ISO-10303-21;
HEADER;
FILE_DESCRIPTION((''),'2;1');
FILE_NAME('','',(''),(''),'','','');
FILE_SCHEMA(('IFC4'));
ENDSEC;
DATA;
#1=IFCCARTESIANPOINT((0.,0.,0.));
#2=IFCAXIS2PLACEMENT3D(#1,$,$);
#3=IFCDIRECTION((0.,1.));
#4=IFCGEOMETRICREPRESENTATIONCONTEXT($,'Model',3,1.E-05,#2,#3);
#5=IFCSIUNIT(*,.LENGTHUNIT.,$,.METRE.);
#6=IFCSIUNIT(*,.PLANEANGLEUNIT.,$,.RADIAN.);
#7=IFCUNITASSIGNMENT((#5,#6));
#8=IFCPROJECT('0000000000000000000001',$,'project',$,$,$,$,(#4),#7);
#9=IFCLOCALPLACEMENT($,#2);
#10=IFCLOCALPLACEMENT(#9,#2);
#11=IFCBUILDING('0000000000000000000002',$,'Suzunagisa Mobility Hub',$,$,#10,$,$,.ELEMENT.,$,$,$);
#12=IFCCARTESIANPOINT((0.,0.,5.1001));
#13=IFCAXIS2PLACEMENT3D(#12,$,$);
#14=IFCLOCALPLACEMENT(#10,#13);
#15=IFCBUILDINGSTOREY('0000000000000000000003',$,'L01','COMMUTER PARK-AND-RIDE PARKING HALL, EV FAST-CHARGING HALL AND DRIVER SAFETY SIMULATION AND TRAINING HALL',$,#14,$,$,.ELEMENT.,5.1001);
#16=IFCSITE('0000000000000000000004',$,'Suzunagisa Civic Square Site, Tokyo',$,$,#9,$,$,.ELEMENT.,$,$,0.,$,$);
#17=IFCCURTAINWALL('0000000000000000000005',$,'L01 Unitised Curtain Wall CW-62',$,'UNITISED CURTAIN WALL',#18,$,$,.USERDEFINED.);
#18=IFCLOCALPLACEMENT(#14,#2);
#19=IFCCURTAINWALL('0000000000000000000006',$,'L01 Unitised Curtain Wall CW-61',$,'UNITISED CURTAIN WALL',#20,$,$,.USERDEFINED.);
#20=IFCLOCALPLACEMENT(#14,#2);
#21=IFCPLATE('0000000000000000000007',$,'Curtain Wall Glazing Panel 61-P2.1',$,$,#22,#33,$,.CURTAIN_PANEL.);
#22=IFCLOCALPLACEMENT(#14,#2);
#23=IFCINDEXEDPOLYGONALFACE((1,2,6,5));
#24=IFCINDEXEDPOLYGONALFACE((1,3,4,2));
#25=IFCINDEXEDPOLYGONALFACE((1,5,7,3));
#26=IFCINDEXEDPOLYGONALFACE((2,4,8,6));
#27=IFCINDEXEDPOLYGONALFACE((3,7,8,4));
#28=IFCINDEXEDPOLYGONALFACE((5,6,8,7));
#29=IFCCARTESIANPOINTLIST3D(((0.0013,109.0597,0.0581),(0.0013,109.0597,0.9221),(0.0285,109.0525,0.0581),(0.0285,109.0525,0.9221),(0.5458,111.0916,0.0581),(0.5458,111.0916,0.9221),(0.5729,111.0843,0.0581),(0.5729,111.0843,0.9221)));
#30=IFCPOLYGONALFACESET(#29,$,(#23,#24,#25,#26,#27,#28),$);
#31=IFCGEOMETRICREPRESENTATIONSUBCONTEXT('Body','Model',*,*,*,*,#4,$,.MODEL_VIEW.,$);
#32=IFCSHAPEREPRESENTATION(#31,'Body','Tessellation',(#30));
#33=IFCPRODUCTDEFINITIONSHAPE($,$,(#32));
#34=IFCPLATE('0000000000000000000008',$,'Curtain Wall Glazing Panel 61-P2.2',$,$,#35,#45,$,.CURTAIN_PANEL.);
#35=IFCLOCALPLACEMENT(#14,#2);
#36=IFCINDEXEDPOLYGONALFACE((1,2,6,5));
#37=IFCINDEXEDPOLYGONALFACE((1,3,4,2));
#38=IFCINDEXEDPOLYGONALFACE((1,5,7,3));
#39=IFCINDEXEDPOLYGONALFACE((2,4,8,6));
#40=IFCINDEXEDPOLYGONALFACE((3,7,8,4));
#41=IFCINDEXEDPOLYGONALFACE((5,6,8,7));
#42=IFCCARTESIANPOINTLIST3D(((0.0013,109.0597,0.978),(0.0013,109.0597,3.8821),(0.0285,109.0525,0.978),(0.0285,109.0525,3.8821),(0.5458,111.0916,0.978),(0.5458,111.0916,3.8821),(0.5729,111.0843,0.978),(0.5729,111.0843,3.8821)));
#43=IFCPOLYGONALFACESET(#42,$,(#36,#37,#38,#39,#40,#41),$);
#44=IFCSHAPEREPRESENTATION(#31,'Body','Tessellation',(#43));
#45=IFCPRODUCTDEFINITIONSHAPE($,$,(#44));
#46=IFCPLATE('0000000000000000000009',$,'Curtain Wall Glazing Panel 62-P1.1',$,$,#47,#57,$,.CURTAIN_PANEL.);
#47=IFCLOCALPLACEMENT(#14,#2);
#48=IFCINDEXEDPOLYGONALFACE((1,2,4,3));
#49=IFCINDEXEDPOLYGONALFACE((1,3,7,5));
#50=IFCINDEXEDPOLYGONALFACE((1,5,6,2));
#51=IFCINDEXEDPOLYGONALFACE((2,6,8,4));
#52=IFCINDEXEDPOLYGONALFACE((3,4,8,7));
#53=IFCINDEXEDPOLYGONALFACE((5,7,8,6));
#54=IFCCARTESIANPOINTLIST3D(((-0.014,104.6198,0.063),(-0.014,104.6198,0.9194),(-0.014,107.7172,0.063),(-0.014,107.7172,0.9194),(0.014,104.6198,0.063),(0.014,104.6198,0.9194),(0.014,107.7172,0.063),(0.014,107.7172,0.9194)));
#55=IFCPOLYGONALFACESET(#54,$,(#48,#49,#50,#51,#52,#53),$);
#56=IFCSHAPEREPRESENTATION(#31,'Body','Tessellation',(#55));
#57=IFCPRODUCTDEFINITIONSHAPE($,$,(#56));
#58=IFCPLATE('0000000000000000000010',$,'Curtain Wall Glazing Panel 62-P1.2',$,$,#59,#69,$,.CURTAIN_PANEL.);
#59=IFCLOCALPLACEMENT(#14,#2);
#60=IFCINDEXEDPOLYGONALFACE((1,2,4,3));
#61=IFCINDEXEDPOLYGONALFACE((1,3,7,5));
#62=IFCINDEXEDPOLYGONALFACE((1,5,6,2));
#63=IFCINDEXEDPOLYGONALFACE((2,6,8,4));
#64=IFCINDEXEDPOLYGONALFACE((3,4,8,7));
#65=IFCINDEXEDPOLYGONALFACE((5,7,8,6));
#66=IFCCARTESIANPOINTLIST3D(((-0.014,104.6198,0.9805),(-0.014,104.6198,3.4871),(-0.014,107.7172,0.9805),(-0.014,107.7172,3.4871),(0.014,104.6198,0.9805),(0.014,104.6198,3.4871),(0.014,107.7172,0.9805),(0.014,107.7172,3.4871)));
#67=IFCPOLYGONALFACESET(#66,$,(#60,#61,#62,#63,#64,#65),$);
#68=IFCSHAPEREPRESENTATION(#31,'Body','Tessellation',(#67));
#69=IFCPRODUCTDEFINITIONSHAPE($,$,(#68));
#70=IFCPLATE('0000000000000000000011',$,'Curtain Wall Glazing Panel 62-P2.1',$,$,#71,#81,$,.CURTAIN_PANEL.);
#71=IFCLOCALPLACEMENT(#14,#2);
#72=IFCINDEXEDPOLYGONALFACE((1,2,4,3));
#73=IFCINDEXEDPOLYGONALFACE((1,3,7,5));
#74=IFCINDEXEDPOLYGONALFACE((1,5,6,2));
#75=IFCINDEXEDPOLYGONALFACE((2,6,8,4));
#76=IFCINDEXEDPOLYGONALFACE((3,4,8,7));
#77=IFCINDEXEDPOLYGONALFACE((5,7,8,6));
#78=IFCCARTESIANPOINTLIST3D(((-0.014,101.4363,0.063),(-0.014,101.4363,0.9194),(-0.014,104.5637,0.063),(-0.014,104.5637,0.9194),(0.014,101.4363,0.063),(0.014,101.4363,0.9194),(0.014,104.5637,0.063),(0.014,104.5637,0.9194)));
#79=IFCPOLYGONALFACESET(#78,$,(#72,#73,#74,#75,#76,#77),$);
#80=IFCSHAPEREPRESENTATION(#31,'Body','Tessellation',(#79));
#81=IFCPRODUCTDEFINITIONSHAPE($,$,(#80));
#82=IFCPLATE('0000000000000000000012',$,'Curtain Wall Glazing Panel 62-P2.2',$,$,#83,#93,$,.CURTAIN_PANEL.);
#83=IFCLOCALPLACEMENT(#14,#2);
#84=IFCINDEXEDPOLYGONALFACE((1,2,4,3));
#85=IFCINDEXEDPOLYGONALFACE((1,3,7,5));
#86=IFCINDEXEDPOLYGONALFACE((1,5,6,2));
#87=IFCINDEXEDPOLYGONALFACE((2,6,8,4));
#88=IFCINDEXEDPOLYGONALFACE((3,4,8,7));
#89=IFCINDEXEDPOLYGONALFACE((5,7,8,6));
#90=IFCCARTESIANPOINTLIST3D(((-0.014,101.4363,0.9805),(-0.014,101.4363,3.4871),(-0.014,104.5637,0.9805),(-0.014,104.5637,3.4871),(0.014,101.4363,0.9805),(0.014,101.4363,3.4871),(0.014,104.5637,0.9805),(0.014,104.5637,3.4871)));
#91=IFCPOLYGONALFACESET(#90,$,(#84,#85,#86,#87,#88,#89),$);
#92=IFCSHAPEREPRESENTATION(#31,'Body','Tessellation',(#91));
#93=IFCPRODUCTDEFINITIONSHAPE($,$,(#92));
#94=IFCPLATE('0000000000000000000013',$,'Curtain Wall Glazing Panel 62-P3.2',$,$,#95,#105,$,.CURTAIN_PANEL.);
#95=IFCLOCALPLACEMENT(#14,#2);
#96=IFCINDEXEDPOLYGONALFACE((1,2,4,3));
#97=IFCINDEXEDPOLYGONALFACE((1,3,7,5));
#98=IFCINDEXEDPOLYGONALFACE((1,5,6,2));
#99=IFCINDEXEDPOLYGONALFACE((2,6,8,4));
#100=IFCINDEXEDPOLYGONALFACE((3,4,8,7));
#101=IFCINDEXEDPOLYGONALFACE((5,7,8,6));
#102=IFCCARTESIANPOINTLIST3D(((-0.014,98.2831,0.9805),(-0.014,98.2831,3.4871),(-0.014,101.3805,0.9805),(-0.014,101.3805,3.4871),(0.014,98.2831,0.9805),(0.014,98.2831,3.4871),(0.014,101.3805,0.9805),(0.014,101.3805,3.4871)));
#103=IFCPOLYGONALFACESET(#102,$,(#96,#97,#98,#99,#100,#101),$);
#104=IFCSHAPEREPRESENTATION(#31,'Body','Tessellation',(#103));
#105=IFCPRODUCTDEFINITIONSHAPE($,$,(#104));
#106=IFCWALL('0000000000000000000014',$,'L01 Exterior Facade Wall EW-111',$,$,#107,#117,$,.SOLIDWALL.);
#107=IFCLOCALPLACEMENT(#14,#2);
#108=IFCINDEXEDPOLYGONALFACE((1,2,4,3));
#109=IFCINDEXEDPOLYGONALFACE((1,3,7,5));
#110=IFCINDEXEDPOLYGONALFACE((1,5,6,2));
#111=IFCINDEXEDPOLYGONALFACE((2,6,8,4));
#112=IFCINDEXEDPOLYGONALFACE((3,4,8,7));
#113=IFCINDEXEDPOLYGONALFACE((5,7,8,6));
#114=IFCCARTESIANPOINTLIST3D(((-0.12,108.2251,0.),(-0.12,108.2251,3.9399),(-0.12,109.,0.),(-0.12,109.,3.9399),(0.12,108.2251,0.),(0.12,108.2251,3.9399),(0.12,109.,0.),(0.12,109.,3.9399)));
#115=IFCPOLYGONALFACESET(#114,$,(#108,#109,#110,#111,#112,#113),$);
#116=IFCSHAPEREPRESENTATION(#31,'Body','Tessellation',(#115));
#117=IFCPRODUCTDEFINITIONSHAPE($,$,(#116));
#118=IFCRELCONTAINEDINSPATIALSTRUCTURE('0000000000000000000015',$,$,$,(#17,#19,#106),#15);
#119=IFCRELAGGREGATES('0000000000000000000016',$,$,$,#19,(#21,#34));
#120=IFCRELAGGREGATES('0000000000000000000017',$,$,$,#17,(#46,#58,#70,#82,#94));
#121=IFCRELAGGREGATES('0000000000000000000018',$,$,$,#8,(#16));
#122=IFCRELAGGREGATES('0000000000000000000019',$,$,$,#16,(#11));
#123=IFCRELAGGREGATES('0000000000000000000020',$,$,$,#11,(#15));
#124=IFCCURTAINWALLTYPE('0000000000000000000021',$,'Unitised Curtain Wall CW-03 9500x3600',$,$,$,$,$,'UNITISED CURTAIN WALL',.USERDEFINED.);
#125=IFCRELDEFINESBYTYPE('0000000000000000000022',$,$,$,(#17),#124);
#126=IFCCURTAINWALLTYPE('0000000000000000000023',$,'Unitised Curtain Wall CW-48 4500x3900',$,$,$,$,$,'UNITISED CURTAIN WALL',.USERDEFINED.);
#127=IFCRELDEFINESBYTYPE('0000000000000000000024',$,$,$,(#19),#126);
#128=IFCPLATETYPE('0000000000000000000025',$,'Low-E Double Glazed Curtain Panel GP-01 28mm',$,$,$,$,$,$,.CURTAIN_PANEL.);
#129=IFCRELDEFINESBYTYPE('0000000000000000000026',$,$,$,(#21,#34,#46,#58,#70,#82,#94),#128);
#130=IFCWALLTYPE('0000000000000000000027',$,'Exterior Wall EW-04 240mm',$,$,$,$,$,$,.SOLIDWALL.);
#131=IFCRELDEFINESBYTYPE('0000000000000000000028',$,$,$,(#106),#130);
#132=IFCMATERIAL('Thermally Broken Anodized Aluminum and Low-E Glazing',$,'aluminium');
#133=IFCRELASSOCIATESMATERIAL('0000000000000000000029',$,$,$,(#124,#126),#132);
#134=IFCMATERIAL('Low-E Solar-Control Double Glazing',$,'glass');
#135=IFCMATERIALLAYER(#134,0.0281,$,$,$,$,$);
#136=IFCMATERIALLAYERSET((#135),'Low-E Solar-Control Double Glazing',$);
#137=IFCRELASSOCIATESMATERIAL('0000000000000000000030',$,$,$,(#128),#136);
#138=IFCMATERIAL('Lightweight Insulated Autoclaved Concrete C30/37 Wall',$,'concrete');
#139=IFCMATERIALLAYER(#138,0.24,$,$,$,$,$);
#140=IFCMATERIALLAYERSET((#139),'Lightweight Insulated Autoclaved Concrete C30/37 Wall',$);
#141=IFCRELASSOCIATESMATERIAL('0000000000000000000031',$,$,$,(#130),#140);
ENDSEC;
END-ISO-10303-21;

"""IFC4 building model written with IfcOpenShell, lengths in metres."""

from ifc_helpers import new_model, si_unit, direction, frame, frame_2d, origin, origin_2d, place, context, subcontext, project, spatial, rectangle, extrude, material, layer, layer_set, type_object, element, aggregate, save


model = new_model("IFC4")

# Units and contexts
model_context = context("Model", 3, precision=1e-05, world=origin(), true_north=direction((0.0, 1.0)))
body_context = subcontext(model_context, "Body", "Model", "MODEL_VIEW")
ifc_project = project(units=[si_unit("LENGTHUNIT", "METRE"), si_unit("PLANEANGLEUNIT", "RADIAN")], contexts=[model_context])

# Site, building, storey
site_placement = place(None, origin())
site = spatial("IfcSite", under=ifc_project, at=site_placement, Name="Suzunagisa Civic Square Site, Tokyo", CompositionType="ELEMENT", RefElevation=0.0)
building_placement = place(site_placement, origin())
building = spatial("IfcBuilding", under=site, at=building_placement, Name="Suzunagisa Mobility Hub", CompositionType="ELEMENT")
storey_placement = place(building_placement, frame((0.0, 0.0, 5.1001)))
storey = spatial("IfcBuildingStorey", under=building, at=storey_placement, Name="L01", Description="COMMUTER PARK-AND-RIDE PARKING HALL, EV FAST-CHARGING HALL AND DRIVER SAFETY SIMULATION AND TRAINING HALL", CompositionType="ELEMENT", Elevation=5.1001)

# Curtain walls
ifc_material_1 = material(Name="Thermally Broken Anodized Aluminum and Low-E Glazing", Category="aluminium")
curtain_wall_type_1 = type_object("IfcCurtainWallType", Name="Unitised Curtain Wall CW-03 9500x3600", ElementType="UNITISED CURTAIN WALL", PredefinedType="USERDEFINED", material=ifc_material_1)
curtain_wall_1_placement = place(storey_placement, origin())
curtain_wall_1 = element("IfcCurtainWall", 1, at=curtain_wall_1_placement, inside=storey, type_object=curtain_wall_type_1, Name="L01 Unitised Curtain Wall CW-62", ObjectType="UNITISED CURTAIN WALL", PredefinedType="USERDEFINED")
curtain_wall_type_2 = type_object("IfcCurtainWallType", Name="Unitised Curtain Wall CW-48 4500x3900", ElementType="UNITISED CURTAIN WALL", PredefinedType="USERDEFINED", material=ifc_material_1)
curtain_wall_2_placement = place(storey_placement, origin())
curtain_wall_2 = element("IfcCurtainWall", 2, at=curtain_wall_2_placement, inside=storey, type_object=curtain_wall_type_2, Name="L01 Unitised Curtain Wall CW-61", ObjectType="UNITISED CURTAIN WALL", PredefinedType="USERDEFINED")

# Plates
ifc_material_2 = material(Name="Low-E Solar-Control Double Glazing", Category="glass")
ifc_layer_1 = layer(ifc_material_2, 0.0281)
ifc_layer_set_1 = layer_set([ifc_layer_1], Name="Low-E Solar-Control Double Glazing")
plate_type = type_object("IfcPlateType", Name="Low-E Double Glazed Curtain Panel GP-01 28mm", PredefinedType="CURTAIN_PANEL", material=ifc_layer_set_1)
plate_1_placement = place(storey_placement, frame((0.2871, 110.072, 0.0581), z_axis=(0.0, 0.0, 1.0), x_axis=(-0.258815, -0.965927, 0.0)))
plate_1 = element("IfcPlate", 3, at=plate_1_placement, type_object=plate_type, Name="Curtain Wall Glazing Panel 61-P2.1", PredefinedType="CURTAIN_PANEL", context=body_context, shape_type="SweptSolid", body=[
    extrude(rectangle(XDim=2.1035, YDim=0.0281, at=origin_2d()), origin(), (0.0, 0.0, 1.0), 0.864),
])
plate_2_placement = place(storey_placement, frame((0.2871, 110.072, 0.978), z_axis=(0.0, 0.0, 1.0), x_axis=(-0.258815, -0.965927, 0.0)))
plate_2 = element("IfcPlate", 4, at=plate_2_placement, type_object=plate_type, Name="Curtain Wall Glazing Panel 61-P2.2", PredefinedType="CURTAIN_PANEL", context=body_context, shape_type="SweptSolid", body=[
    extrude(rectangle(XDim=2.1035, YDim=0.0281, at=origin_2d()), origin(), (0.0, 0.0, 1.0), 2.9041),
])
aggregate(curtain_wall_2, [plate_1, plate_2])
plate_3_placement = place(storey_placement, frame((0.0, 106.1685, 0.063), z_axis=(0.0, 0.0, 1.0), x_axis=(0.0, -1.0, 0.0)))
plate_3 = element("IfcPlate", 5, at=plate_3_placement, type_object=plate_type, Name="Curtain Wall Glazing Panel 62-P1.1", PredefinedType="CURTAIN_PANEL", context=body_context, shape_type="SweptSolid", body=[
    extrude(rectangle(XDim=3.0974, YDim=0.0281, at=origin_2d()), origin(), (0.0, 0.0, 1.0), 0.8564),
])
plate_4_placement = place(storey_placement, frame((0.0, 106.1685, 0.9805), z_axis=(0.0, 0.0, 1.0), x_axis=(0.0, -1.0, 0.0)))
plate_4 = element("IfcPlate", 6, at=plate_4_placement, type_object=plate_type, Name="Curtain Wall Glazing Panel 62-P1.2", PredefinedType="CURTAIN_PANEL", context=body_context, shape_type="SweptSolid", body=[
    extrude(rectangle(XDim=3.0974, YDim=0.0281, at=origin_2d()), origin(), (0.0, 0.0, 1.0), 2.5066),
])
plate_5_placement = place(storey_placement, frame((0.0, 103.0, 0.063), z_axis=(0.0, 0.0, 1.0), x_axis=(0.0, -1.0, 0.0)))
plate_5 = element("IfcPlate", 7, at=plate_5_placement, type_object=plate_type, Name="Curtain Wall Glazing Panel 62-P2.1", PredefinedType="CURTAIN_PANEL", context=body_context, shape_type="SweptSolid", body=[
    extrude(rectangle(XDim=3.1274, YDim=0.0281, at=origin_2d()), origin(), (0.0, 0.0, 1.0), 0.8564),
])
plate_6_placement = place(storey_placement, frame((0.0, 103.0, 0.9805), z_axis=(0.0, 0.0, 1.0), x_axis=(0.0, -1.0, 0.0)))
plate_6 = element("IfcPlate", 8, at=plate_6_placement, type_object=plate_type, Name="Curtain Wall Glazing Panel 62-P2.2", PredefinedType="CURTAIN_PANEL", context=body_context, shape_type="SweptSolid", body=[
    extrude(rectangle(XDim=3.1274, YDim=0.0281, at=origin_2d()), origin(), (0.0, 0.0, 1.0), 2.5066),
])
plate_7_placement = place(storey_placement, frame((0.0, 99.8318, 0.9805), z_axis=(0.0, 0.0, 1.0), x_axis=(0.0, -1.0, 0.0)))
plate_7 = element("IfcPlate", 9, at=plate_7_placement, type_object=plate_type, Name="Curtain Wall Glazing Panel 62-P3.2", PredefinedType="CURTAIN_PANEL", context=body_context, shape_type="SweptSolid", body=[
    extrude(rectangle(XDim=3.0974, YDim=0.0281, at=origin_2d()), origin(), (0.0, 0.0, 1.0), 2.5066),
])
aggregate(curtain_wall_1, [plate_3, plate_4, plate_5, plate_6, plate_7])

# Wall
ifc_material_3 = material(Name="Lightweight Insulated Autoclaved Concrete C30/37 Wall", Category="concrete")
ifc_layer_2 = layer(ifc_material_3, 0.24)
ifc_layer_set_2 = layer_set([ifc_layer_2], Name="Lightweight Insulated Autoclaved Concrete C30/37 Wall")
wall_type = type_object("IfcWallType", Name="Exterior Wall EW-04 240mm", PredefinedType="SOLIDWALL", material=ifc_layer_set_2)
wall_placement = place(storey_placement, frame((0.0, 109.0, 0.0), z_axis=(0.0, 0.0, 1.0), x_axis=(0.0, -1.0, 0.0)))
element("IfcWall", 10, at=wall_placement, inside=storey, type_object=wall_type, Name="L01 Exterior Facade Wall EW-111", PredefinedType="SOLIDWALL", context=body_context, shape_type="SweptSolid", body=[
    extrude(rectangle(XDim=0.7749, YDim=0.24, at=frame_2d((0.3875, 0.0))), origin(), (0.0, 0.0, 1.0), 3.9399),
])

save(model, "model.ifc")
